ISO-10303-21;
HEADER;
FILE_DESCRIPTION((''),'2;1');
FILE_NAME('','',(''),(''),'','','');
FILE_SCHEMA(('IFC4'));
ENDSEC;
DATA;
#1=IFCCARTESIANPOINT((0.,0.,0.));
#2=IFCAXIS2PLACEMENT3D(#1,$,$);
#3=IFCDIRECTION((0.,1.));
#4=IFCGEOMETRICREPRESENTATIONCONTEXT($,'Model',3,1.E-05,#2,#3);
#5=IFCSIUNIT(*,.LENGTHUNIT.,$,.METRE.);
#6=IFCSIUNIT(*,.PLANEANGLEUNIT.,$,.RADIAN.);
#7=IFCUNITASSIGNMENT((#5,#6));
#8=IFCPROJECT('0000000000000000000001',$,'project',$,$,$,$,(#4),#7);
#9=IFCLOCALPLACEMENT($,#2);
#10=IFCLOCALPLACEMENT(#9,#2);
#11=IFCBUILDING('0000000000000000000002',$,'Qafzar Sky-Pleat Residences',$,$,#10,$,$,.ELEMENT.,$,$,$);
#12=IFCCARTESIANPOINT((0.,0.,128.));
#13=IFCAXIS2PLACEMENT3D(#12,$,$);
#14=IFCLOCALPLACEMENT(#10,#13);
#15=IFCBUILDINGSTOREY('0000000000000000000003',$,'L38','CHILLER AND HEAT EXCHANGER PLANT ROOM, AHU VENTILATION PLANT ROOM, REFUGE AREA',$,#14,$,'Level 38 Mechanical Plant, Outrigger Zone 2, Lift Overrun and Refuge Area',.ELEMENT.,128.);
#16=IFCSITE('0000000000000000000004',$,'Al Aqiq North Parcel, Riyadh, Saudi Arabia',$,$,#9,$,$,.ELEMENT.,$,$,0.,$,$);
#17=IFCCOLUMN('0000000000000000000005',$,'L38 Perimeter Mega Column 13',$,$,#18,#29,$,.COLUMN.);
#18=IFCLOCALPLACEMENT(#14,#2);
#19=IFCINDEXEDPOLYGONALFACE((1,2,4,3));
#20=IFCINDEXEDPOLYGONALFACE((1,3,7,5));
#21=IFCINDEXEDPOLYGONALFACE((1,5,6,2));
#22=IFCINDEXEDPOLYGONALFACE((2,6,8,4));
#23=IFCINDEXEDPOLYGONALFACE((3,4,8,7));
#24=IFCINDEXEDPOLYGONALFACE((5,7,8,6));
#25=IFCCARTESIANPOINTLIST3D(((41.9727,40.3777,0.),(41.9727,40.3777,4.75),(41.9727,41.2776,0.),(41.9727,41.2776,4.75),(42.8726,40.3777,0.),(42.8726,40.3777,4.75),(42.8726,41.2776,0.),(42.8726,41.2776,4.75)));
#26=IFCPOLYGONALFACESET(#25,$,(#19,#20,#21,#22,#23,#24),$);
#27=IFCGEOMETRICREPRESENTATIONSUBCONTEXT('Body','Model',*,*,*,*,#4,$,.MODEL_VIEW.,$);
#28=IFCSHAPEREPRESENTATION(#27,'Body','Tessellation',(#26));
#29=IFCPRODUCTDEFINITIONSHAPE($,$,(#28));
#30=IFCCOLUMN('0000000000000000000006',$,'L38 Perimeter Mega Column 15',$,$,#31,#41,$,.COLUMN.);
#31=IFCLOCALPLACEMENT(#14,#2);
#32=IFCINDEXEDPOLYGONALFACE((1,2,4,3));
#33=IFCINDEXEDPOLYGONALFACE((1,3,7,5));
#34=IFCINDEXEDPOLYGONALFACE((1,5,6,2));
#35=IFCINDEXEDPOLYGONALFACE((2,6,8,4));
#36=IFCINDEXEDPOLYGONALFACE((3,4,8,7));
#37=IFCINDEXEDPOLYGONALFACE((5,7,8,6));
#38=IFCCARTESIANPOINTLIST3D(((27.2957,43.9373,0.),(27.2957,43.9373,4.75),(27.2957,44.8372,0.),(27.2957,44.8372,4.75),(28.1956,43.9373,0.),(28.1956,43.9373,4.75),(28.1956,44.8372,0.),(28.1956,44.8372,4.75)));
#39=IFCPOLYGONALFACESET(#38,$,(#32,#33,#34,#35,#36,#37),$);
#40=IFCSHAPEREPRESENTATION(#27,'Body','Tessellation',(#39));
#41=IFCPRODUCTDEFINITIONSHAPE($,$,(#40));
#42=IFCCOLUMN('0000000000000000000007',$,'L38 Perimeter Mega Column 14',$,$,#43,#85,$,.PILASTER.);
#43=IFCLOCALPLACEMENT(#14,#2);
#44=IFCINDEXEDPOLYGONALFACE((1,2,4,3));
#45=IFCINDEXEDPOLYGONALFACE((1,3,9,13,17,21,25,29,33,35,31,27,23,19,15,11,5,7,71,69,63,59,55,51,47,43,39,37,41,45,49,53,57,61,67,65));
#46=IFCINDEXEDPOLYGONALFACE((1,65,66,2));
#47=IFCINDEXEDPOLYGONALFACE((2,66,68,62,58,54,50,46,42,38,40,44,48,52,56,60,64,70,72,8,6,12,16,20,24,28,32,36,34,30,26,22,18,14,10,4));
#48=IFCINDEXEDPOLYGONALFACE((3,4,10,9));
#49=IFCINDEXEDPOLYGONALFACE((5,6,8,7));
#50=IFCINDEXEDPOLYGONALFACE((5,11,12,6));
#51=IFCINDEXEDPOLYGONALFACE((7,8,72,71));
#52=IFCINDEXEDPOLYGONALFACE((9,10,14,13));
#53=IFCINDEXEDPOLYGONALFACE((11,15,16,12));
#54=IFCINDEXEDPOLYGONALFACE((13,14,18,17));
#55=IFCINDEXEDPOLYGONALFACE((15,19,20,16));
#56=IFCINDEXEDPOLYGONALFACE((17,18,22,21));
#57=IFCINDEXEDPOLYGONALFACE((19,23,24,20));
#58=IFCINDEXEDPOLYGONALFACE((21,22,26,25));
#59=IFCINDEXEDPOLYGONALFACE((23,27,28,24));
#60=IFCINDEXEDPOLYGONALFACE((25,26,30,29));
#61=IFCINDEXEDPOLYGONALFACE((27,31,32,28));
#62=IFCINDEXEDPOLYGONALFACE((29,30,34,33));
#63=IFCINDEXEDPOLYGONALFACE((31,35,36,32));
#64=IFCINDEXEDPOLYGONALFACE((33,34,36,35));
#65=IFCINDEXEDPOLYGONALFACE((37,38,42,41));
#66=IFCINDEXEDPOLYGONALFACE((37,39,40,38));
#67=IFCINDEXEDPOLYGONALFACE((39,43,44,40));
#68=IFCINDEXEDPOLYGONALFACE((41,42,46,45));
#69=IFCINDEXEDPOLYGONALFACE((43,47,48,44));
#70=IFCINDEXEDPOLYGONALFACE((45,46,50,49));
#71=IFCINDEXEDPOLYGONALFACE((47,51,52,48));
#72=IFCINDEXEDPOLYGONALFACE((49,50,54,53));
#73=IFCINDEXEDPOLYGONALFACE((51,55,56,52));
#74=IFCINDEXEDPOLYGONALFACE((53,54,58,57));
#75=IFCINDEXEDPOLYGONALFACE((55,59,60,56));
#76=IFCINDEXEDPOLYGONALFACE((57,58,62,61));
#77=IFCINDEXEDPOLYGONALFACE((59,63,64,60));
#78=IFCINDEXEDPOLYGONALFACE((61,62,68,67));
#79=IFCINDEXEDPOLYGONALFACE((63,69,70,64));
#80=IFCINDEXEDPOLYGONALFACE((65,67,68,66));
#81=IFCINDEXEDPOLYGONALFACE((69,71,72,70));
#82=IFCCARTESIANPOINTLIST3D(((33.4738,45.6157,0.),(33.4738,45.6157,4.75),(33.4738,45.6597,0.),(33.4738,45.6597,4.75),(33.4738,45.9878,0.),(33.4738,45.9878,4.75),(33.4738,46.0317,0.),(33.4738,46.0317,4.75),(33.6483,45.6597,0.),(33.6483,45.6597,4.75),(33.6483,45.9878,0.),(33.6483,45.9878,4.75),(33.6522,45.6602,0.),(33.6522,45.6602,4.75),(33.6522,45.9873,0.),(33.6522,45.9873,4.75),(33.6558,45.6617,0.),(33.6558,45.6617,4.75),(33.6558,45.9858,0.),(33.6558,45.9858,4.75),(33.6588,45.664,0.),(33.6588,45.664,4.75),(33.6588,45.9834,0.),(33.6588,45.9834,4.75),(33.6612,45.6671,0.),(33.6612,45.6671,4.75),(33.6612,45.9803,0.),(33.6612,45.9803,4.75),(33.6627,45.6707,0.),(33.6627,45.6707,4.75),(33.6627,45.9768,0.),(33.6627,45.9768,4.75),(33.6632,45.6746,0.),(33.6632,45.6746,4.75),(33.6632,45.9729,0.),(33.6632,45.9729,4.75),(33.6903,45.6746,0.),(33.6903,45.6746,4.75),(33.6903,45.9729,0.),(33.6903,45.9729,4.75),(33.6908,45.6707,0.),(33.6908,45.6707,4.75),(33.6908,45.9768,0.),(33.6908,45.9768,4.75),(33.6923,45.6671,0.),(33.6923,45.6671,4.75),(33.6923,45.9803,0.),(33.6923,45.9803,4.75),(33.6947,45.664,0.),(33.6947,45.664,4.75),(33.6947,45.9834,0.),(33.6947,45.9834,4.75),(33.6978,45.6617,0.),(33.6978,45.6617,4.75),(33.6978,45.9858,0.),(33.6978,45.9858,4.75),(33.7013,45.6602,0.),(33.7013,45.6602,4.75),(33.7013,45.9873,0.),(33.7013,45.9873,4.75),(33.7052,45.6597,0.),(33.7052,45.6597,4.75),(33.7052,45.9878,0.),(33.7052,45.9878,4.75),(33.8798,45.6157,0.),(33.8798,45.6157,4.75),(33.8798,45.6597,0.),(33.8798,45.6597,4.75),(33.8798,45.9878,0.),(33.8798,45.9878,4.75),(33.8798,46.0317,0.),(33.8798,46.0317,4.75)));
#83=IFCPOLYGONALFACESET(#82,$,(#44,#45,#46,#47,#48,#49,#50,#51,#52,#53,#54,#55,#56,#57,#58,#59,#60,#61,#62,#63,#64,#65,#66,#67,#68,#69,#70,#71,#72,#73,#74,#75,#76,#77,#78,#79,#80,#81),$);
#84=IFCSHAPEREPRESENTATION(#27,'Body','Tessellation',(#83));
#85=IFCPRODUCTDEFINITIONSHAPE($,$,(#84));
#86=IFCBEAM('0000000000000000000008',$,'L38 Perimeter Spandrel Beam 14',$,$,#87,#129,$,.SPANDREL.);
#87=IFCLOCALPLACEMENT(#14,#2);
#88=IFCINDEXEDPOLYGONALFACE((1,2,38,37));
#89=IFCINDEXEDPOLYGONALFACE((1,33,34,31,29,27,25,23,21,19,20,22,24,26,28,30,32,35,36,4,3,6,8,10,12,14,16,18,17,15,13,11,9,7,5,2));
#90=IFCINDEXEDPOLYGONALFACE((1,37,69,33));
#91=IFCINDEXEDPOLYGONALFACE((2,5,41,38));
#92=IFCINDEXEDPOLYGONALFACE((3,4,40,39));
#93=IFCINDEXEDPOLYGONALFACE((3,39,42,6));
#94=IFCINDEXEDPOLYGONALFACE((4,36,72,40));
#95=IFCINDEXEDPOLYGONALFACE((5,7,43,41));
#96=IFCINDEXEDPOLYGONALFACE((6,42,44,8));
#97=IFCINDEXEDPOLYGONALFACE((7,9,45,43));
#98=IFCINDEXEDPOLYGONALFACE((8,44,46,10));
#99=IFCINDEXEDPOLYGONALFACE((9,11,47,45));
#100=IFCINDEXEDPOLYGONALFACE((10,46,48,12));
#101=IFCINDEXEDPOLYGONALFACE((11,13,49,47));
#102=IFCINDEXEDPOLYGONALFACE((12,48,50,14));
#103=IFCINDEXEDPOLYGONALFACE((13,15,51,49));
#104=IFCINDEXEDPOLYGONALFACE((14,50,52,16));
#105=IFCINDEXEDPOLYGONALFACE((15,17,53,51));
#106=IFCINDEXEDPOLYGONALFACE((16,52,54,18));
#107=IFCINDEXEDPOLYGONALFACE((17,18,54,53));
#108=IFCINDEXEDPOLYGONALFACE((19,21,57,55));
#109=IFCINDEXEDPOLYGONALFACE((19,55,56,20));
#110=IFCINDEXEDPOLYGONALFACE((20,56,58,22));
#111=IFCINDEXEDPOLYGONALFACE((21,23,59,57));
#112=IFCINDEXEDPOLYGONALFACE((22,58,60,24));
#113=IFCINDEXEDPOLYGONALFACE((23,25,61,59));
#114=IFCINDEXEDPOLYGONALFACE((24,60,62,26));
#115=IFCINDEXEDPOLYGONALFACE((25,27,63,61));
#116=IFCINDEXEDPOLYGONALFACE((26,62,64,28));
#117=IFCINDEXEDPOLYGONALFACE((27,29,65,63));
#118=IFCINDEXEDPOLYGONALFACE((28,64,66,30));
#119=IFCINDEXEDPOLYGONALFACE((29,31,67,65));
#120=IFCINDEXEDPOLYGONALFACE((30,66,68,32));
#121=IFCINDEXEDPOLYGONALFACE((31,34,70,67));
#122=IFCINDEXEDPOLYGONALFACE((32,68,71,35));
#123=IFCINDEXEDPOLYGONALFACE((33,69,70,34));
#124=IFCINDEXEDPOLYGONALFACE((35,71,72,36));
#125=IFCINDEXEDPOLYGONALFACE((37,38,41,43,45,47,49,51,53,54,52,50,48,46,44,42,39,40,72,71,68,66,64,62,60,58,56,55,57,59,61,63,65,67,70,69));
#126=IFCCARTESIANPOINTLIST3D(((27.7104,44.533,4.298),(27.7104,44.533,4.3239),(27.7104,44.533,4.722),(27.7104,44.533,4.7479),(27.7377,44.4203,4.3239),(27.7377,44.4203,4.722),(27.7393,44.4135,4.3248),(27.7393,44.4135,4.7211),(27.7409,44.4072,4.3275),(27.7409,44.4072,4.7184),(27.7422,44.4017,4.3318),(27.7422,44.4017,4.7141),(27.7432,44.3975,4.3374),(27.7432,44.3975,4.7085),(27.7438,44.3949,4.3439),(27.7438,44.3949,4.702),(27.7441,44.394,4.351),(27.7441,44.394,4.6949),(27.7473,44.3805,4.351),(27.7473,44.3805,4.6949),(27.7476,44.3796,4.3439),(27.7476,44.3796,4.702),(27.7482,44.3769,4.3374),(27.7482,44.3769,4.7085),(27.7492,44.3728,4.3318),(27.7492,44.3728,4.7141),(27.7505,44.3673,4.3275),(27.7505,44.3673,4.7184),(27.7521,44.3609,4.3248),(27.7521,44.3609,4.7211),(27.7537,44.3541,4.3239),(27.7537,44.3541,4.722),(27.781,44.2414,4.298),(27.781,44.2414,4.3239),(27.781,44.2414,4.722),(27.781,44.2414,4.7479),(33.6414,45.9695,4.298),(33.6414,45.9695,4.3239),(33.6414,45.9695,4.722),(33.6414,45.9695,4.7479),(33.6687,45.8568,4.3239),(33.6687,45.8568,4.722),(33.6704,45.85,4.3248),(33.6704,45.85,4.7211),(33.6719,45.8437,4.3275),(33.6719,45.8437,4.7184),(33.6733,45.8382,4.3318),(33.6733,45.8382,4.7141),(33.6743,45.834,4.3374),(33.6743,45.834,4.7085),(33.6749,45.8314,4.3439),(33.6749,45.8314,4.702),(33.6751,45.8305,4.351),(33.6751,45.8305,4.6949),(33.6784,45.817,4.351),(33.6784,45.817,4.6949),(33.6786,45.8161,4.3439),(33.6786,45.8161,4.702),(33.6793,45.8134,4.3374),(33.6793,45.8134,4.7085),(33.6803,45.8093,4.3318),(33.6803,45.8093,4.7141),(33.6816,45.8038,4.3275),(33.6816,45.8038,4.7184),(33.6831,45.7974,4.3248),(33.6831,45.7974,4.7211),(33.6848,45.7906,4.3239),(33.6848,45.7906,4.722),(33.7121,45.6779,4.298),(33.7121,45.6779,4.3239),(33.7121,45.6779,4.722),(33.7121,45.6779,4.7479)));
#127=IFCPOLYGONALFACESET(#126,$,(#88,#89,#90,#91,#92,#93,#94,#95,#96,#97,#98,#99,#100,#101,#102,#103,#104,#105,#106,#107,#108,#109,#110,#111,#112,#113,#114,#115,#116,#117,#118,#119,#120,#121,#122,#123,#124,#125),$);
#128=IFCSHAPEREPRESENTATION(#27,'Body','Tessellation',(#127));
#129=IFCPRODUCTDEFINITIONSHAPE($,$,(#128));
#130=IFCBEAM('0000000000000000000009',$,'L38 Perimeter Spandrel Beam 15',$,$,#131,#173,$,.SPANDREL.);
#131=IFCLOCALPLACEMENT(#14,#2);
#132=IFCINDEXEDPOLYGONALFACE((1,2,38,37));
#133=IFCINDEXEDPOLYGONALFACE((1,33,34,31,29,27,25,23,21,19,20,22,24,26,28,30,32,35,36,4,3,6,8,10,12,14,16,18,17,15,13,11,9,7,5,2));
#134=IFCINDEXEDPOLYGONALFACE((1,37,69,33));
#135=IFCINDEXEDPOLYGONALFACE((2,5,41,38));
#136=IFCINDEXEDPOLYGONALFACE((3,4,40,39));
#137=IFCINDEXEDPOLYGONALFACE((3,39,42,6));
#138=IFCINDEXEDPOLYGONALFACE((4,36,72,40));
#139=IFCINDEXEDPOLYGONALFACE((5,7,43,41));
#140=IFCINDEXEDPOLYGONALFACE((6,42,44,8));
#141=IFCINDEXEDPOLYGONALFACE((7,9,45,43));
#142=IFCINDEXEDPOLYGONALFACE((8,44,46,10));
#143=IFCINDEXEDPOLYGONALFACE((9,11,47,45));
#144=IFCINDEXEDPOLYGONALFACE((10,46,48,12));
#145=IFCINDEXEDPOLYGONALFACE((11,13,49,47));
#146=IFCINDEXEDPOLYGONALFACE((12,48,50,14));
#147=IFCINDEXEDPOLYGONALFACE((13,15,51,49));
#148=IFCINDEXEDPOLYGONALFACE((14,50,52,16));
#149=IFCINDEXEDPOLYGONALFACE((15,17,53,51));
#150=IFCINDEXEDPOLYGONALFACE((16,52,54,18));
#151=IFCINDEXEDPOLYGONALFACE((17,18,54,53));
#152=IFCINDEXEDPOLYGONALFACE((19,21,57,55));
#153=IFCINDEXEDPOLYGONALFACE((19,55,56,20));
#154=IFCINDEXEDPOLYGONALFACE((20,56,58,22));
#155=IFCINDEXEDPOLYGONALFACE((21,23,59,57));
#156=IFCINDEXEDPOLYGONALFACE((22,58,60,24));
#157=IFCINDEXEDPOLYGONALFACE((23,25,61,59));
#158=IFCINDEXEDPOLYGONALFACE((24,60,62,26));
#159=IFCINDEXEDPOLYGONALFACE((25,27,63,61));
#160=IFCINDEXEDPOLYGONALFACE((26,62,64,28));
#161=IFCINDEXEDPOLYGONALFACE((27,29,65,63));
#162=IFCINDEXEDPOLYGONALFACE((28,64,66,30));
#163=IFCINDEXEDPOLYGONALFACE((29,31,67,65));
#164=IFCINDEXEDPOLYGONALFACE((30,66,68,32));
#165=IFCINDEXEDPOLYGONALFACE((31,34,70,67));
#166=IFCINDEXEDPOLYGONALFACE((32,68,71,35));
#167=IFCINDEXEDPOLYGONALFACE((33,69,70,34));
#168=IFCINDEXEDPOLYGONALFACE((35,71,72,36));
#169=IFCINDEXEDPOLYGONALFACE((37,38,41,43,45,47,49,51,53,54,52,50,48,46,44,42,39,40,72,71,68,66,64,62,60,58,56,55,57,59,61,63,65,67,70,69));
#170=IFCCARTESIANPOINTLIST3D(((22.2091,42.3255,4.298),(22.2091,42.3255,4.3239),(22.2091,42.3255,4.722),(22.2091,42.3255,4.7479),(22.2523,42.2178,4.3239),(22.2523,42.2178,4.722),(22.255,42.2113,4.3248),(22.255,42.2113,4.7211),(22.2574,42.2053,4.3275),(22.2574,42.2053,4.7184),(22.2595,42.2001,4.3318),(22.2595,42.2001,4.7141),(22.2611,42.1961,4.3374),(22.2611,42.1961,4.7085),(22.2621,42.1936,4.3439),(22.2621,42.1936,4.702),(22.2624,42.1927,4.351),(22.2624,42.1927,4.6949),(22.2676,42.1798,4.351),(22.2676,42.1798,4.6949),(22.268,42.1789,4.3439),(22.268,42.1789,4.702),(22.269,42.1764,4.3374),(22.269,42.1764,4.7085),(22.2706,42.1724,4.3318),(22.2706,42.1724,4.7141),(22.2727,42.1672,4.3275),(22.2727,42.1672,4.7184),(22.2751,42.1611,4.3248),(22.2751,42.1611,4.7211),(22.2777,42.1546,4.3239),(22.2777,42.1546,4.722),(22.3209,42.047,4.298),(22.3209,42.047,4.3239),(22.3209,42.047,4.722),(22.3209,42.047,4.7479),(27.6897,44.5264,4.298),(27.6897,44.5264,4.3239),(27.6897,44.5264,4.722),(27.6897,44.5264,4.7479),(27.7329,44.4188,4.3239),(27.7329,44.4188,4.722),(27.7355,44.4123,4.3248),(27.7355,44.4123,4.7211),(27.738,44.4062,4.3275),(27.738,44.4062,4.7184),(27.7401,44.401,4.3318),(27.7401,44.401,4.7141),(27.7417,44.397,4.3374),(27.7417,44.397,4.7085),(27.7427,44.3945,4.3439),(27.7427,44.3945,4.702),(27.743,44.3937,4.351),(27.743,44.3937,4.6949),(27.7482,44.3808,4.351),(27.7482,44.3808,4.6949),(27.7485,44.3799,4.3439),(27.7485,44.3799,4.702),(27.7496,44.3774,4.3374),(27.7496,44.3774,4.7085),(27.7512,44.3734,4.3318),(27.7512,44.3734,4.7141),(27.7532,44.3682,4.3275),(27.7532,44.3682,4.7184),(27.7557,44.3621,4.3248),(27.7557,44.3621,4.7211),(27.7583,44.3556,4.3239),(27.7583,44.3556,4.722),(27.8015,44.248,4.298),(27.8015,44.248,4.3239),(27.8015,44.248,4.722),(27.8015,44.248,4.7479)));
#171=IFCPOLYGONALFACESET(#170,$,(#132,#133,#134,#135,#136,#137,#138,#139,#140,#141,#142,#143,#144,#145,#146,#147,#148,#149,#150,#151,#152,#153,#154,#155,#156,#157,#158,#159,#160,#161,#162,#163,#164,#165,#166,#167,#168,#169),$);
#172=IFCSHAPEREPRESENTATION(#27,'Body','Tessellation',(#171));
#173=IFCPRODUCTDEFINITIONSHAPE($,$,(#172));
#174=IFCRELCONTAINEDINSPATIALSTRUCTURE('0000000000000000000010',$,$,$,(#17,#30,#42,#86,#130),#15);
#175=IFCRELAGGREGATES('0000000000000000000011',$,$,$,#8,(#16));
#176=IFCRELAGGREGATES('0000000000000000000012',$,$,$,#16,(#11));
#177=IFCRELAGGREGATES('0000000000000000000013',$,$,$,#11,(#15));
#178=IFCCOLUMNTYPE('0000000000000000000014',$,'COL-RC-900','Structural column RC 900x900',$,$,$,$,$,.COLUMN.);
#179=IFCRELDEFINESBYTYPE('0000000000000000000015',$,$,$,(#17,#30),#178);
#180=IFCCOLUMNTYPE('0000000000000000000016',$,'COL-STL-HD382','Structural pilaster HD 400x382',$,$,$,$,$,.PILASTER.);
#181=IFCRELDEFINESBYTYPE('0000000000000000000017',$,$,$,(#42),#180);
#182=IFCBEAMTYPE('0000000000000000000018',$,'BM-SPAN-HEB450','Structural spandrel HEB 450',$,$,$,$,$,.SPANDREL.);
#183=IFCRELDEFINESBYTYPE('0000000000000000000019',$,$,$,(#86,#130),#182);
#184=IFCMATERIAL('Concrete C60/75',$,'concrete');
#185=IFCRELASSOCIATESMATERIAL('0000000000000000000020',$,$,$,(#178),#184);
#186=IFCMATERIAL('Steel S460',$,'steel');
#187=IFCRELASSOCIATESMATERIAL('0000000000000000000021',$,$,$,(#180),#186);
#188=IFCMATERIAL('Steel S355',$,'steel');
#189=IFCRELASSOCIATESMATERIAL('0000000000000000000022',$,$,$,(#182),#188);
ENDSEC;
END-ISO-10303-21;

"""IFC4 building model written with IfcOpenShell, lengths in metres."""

from ifc_helpers import new_model, si_unit, direction, frame, origin, origin_2d, place, context, subcontext, project, spatial, rectangle, i_section, extrude, source, transform, mapped, material, material_profile, profile_set, type_object, element, save


model = new_model("IFC4")

# Units and contexts
model_context = context("Model", 3, precision=1e-05, world=origin(), true_north=direction((0.0, 1.0)))
body_context = subcontext(model_context, "Body", "Model", "MODEL_VIEW")
ifc_project = project(units=[si_unit("LENGTHUNIT", "METRE"), si_unit("PLANEANGLEUNIT", "RADIAN")], contexts=[model_context])

# Site, building, storey
site_placement = place(None, origin())
site = spatial("IfcSite", under=ifc_project, at=site_placement, Name="Al Aqiq North Parcel, Riyadh, Saudi Arabia", CompositionType="ELEMENT", RefElevation=0.0)
building_placement = place(site_placement, origin())
building = spatial("IfcBuilding", under=site, at=building_placement, Name="Qafzar Sky-Pleat Residences", CompositionType="ELEMENT")
storey_placement = place(building_placement, frame((0.0, 0.0, 128.0)))
storey = spatial("IfcBuildingStorey", under=building, at=storey_placement, Name="L38", Description="CHILLER AND HEAT EXCHANGER PLANT ROOM, AHU VENTILATION PLANT ROOM, REFUGE AREA", LongName="Level 38 Mechanical Plant, Outrigger Zone 2, Lift Overrun and Refuge Area", CompositionType="ELEMENT", Elevation=128.0)

# Columns
ifc_material_1 = material(Name="Concrete C60/75", Category="concrete")
ifc_material_profile_1 = material_profile(ifc_material_1, rectangle(XDim=0.8999, YDim=0.8999, at=origin_2d()), Name="RC 900x900")
ifc_profile_set_1 = profile_set([ifc_material_profile_1], Name="Concrete C60/75")
column_type_1 = type_object("IfcColumnType", Name="COL-RC-900", Description="Structural column RC 900x900", PredefinedType="COLUMN", material=ifc_profile_set_1)
shared_shape_1 = source(origin(), body_context, "Body", "SweptSolid", [
    extrude(rectangle(XDim=0.8999, YDim=0.8999, at=origin_2d()), origin(), (0.0, 0.0, 1.0), 4.75),
])
for number, where, z_axis, x_axis, name in (
    (1, (42.4226, 40.8276, 0.0), (0.0, 0.0, 1.0), (1.0, 0.0, 0.0), "L38 Perimeter Mega Column 13"),
    (2, (27.7456, 44.3872, 0.0), (0.0, 0.0, 1.0), (1.0, 0.0, 0.0), "L38 Perimeter Mega Column 15"),
):
    element("IfcColumn", number, at=place(storey_placement, frame(where, z_axis=z_axis, x_axis=x_axis)), inside=storey, type_object=column_type_1, Name=name, PredefinedType="COLUMN", context=body_context, shape_type="MappedRepresentation", body=[
        mapped(shared_shape_1, transform((0.0, 0.0, 0.0), x_axis=(1.0, 0.0, 0.0), y_axis=(0.0, 1.0, 0.0), z_axis=(0.0, 0.0, 1.0), scale=1.0)),
    ])
ifc_material_2 = material(Name="Steel S460", Category="steel")
ifc_material_profile_2 = material_profile(ifc_material_2, i_section(OverallWidth=0.406, OverallDepth=0.416, WebThickness=0.0271, FlangeThickness=0.0439, FilletRadius=0.0149, at=origin_2d()), Name="HD 400x382")
ifc_profile_set_2 = profile_set([ifc_material_profile_2], Name="Steel S460")
column_type_2 = type_object("IfcColumnType", Name="COL-STL-HD382", Description="Structural pilaster HD 400x382", PredefinedType="PILASTER", material=ifc_profile_set_2)
shared_shape_2 = source(origin(), body_context, "Body", "SweptSolid", [
    extrude(i_section(OverallWidth=0.406, OverallDepth=0.416, WebThickness=0.0271, FlangeThickness=0.0439, FilletRadius=0.0149, at=origin_2d()), origin(), (0.0, 0.0, 1.0), 4.75),
])
column_placement = place(storey_placement, frame((33.6768, 45.8237, 0.0), z_axis=(0.0, 0.0, 1.0), x_axis=(1.0, 0.0, 0.0)))
element("IfcColumn", 3, at=column_placement, inside=storey, type_object=column_type_2, Name="L38 Perimeter Mega Column 14", PredefinedType="PILASTER", context=body_context, shape_type="MappedRepresentation", body=[
    mapped(shared_shape_2, transform((0.0, 0.0, 0.0), x_axis=(1.0, 0.0, 0.0), y_axis=(0.0, 1.0, 0.0), z_axis=(0.0, 0.0, 1.0), scale=1.0)),
])

# Beams
ifc_material_3 = material(Name="Steel S355", Category="steel")
ifc_material_profile_3 = material_profile(ifc_material_3, i_section(OverallWidth=0.3, OverallDepth=0.45, WebThickness=0.0139, FlangeThickness=0.0259, FilletRadius=0.0271, at=origin_2d()), Name="HEB 450")
ifc_profile_set_3 = profile_set([ifc_material_profile_3], Name="Steel S355")
beam_type_1 = type_object("IfcBeamType", Name="BM-SPAN-HEB450", Description="Structural spandrel HEB 450", PredefinedType="SPANDREL", material=ifc_profile_set_3)
shared_shape_3 = source(origin(), body_context, "Body", "SweptSolid", [
    extrude(i_section(OverallWidth=0.3, OverallDepth=0.45, WebThickness=0.0139, FlangeThickness=0.0259, FilletRadius=0.0271, at=origin_2d()), origin(), (0.0, 0.0, 1.0), 6.1025),
])
beam_1_placement = place(storey_placement, frame((33.6768, 45.8237, 4.5229), z_axis=(-0.9719, -0.235394, 0.0), x_axis=(0.235394, -0.9719, 0.0)))
element("IfcBeam", 4, at=beam_1_placement, inside=storey, type_object=beam_type_1, Name="L38 Perimeter Spandrel Beam 14", PredefinedType="SPANDREL", context=body_context, shape_type="MappedRepresentation", body=[
    mapped(shared_shape_3, transform((0.0, 0.0, 0.0), x_axis=(1.0, 0.0, 0.0), y_axis=(0.0, 1.0, 0.0), z_axis=(0.0, 0.0, 1.0), scale=1.0)),
])
shared_shape_4 = source(origin(), body_context, "Body", "SweptSolid", [
    extrude(i_section(OverallWidth=0.3, OverallDepth=0.45, WebThickness=0.0139, FlangeThickness=0.0259, FilletRadius=0.0271, at=origin_2d()), origin(), (0.0, 0.0, 1.0), 5.906),
])
beam_2_placement = place(storey_placement, frame((27.7456, 44.3872, 4.5229), z_axis=(-0.927965, -0.372666, 0.0), x_axis=(0.372666, -0.927965, 0.0)))
element("IfcBeam", 5, at=beam_2_placement, inside=storey, type_object=beam_type_1, Name="L38 Perimeter Spandrel Beam 15", PredefinedType="SPANDREL", context=body_context, shape_type="MappedRepresentation", body=[
    mapped(shared_shape_4, transform((0.0, 0.0, 0.0), x_axis=(1.0, 0.0, 0.0), y_axis=(0.0, 1.0, 0.0), z_axis=(0.0, 0.0, 1.0), scale=1.0)),
])

save(model, "model.ifc")
